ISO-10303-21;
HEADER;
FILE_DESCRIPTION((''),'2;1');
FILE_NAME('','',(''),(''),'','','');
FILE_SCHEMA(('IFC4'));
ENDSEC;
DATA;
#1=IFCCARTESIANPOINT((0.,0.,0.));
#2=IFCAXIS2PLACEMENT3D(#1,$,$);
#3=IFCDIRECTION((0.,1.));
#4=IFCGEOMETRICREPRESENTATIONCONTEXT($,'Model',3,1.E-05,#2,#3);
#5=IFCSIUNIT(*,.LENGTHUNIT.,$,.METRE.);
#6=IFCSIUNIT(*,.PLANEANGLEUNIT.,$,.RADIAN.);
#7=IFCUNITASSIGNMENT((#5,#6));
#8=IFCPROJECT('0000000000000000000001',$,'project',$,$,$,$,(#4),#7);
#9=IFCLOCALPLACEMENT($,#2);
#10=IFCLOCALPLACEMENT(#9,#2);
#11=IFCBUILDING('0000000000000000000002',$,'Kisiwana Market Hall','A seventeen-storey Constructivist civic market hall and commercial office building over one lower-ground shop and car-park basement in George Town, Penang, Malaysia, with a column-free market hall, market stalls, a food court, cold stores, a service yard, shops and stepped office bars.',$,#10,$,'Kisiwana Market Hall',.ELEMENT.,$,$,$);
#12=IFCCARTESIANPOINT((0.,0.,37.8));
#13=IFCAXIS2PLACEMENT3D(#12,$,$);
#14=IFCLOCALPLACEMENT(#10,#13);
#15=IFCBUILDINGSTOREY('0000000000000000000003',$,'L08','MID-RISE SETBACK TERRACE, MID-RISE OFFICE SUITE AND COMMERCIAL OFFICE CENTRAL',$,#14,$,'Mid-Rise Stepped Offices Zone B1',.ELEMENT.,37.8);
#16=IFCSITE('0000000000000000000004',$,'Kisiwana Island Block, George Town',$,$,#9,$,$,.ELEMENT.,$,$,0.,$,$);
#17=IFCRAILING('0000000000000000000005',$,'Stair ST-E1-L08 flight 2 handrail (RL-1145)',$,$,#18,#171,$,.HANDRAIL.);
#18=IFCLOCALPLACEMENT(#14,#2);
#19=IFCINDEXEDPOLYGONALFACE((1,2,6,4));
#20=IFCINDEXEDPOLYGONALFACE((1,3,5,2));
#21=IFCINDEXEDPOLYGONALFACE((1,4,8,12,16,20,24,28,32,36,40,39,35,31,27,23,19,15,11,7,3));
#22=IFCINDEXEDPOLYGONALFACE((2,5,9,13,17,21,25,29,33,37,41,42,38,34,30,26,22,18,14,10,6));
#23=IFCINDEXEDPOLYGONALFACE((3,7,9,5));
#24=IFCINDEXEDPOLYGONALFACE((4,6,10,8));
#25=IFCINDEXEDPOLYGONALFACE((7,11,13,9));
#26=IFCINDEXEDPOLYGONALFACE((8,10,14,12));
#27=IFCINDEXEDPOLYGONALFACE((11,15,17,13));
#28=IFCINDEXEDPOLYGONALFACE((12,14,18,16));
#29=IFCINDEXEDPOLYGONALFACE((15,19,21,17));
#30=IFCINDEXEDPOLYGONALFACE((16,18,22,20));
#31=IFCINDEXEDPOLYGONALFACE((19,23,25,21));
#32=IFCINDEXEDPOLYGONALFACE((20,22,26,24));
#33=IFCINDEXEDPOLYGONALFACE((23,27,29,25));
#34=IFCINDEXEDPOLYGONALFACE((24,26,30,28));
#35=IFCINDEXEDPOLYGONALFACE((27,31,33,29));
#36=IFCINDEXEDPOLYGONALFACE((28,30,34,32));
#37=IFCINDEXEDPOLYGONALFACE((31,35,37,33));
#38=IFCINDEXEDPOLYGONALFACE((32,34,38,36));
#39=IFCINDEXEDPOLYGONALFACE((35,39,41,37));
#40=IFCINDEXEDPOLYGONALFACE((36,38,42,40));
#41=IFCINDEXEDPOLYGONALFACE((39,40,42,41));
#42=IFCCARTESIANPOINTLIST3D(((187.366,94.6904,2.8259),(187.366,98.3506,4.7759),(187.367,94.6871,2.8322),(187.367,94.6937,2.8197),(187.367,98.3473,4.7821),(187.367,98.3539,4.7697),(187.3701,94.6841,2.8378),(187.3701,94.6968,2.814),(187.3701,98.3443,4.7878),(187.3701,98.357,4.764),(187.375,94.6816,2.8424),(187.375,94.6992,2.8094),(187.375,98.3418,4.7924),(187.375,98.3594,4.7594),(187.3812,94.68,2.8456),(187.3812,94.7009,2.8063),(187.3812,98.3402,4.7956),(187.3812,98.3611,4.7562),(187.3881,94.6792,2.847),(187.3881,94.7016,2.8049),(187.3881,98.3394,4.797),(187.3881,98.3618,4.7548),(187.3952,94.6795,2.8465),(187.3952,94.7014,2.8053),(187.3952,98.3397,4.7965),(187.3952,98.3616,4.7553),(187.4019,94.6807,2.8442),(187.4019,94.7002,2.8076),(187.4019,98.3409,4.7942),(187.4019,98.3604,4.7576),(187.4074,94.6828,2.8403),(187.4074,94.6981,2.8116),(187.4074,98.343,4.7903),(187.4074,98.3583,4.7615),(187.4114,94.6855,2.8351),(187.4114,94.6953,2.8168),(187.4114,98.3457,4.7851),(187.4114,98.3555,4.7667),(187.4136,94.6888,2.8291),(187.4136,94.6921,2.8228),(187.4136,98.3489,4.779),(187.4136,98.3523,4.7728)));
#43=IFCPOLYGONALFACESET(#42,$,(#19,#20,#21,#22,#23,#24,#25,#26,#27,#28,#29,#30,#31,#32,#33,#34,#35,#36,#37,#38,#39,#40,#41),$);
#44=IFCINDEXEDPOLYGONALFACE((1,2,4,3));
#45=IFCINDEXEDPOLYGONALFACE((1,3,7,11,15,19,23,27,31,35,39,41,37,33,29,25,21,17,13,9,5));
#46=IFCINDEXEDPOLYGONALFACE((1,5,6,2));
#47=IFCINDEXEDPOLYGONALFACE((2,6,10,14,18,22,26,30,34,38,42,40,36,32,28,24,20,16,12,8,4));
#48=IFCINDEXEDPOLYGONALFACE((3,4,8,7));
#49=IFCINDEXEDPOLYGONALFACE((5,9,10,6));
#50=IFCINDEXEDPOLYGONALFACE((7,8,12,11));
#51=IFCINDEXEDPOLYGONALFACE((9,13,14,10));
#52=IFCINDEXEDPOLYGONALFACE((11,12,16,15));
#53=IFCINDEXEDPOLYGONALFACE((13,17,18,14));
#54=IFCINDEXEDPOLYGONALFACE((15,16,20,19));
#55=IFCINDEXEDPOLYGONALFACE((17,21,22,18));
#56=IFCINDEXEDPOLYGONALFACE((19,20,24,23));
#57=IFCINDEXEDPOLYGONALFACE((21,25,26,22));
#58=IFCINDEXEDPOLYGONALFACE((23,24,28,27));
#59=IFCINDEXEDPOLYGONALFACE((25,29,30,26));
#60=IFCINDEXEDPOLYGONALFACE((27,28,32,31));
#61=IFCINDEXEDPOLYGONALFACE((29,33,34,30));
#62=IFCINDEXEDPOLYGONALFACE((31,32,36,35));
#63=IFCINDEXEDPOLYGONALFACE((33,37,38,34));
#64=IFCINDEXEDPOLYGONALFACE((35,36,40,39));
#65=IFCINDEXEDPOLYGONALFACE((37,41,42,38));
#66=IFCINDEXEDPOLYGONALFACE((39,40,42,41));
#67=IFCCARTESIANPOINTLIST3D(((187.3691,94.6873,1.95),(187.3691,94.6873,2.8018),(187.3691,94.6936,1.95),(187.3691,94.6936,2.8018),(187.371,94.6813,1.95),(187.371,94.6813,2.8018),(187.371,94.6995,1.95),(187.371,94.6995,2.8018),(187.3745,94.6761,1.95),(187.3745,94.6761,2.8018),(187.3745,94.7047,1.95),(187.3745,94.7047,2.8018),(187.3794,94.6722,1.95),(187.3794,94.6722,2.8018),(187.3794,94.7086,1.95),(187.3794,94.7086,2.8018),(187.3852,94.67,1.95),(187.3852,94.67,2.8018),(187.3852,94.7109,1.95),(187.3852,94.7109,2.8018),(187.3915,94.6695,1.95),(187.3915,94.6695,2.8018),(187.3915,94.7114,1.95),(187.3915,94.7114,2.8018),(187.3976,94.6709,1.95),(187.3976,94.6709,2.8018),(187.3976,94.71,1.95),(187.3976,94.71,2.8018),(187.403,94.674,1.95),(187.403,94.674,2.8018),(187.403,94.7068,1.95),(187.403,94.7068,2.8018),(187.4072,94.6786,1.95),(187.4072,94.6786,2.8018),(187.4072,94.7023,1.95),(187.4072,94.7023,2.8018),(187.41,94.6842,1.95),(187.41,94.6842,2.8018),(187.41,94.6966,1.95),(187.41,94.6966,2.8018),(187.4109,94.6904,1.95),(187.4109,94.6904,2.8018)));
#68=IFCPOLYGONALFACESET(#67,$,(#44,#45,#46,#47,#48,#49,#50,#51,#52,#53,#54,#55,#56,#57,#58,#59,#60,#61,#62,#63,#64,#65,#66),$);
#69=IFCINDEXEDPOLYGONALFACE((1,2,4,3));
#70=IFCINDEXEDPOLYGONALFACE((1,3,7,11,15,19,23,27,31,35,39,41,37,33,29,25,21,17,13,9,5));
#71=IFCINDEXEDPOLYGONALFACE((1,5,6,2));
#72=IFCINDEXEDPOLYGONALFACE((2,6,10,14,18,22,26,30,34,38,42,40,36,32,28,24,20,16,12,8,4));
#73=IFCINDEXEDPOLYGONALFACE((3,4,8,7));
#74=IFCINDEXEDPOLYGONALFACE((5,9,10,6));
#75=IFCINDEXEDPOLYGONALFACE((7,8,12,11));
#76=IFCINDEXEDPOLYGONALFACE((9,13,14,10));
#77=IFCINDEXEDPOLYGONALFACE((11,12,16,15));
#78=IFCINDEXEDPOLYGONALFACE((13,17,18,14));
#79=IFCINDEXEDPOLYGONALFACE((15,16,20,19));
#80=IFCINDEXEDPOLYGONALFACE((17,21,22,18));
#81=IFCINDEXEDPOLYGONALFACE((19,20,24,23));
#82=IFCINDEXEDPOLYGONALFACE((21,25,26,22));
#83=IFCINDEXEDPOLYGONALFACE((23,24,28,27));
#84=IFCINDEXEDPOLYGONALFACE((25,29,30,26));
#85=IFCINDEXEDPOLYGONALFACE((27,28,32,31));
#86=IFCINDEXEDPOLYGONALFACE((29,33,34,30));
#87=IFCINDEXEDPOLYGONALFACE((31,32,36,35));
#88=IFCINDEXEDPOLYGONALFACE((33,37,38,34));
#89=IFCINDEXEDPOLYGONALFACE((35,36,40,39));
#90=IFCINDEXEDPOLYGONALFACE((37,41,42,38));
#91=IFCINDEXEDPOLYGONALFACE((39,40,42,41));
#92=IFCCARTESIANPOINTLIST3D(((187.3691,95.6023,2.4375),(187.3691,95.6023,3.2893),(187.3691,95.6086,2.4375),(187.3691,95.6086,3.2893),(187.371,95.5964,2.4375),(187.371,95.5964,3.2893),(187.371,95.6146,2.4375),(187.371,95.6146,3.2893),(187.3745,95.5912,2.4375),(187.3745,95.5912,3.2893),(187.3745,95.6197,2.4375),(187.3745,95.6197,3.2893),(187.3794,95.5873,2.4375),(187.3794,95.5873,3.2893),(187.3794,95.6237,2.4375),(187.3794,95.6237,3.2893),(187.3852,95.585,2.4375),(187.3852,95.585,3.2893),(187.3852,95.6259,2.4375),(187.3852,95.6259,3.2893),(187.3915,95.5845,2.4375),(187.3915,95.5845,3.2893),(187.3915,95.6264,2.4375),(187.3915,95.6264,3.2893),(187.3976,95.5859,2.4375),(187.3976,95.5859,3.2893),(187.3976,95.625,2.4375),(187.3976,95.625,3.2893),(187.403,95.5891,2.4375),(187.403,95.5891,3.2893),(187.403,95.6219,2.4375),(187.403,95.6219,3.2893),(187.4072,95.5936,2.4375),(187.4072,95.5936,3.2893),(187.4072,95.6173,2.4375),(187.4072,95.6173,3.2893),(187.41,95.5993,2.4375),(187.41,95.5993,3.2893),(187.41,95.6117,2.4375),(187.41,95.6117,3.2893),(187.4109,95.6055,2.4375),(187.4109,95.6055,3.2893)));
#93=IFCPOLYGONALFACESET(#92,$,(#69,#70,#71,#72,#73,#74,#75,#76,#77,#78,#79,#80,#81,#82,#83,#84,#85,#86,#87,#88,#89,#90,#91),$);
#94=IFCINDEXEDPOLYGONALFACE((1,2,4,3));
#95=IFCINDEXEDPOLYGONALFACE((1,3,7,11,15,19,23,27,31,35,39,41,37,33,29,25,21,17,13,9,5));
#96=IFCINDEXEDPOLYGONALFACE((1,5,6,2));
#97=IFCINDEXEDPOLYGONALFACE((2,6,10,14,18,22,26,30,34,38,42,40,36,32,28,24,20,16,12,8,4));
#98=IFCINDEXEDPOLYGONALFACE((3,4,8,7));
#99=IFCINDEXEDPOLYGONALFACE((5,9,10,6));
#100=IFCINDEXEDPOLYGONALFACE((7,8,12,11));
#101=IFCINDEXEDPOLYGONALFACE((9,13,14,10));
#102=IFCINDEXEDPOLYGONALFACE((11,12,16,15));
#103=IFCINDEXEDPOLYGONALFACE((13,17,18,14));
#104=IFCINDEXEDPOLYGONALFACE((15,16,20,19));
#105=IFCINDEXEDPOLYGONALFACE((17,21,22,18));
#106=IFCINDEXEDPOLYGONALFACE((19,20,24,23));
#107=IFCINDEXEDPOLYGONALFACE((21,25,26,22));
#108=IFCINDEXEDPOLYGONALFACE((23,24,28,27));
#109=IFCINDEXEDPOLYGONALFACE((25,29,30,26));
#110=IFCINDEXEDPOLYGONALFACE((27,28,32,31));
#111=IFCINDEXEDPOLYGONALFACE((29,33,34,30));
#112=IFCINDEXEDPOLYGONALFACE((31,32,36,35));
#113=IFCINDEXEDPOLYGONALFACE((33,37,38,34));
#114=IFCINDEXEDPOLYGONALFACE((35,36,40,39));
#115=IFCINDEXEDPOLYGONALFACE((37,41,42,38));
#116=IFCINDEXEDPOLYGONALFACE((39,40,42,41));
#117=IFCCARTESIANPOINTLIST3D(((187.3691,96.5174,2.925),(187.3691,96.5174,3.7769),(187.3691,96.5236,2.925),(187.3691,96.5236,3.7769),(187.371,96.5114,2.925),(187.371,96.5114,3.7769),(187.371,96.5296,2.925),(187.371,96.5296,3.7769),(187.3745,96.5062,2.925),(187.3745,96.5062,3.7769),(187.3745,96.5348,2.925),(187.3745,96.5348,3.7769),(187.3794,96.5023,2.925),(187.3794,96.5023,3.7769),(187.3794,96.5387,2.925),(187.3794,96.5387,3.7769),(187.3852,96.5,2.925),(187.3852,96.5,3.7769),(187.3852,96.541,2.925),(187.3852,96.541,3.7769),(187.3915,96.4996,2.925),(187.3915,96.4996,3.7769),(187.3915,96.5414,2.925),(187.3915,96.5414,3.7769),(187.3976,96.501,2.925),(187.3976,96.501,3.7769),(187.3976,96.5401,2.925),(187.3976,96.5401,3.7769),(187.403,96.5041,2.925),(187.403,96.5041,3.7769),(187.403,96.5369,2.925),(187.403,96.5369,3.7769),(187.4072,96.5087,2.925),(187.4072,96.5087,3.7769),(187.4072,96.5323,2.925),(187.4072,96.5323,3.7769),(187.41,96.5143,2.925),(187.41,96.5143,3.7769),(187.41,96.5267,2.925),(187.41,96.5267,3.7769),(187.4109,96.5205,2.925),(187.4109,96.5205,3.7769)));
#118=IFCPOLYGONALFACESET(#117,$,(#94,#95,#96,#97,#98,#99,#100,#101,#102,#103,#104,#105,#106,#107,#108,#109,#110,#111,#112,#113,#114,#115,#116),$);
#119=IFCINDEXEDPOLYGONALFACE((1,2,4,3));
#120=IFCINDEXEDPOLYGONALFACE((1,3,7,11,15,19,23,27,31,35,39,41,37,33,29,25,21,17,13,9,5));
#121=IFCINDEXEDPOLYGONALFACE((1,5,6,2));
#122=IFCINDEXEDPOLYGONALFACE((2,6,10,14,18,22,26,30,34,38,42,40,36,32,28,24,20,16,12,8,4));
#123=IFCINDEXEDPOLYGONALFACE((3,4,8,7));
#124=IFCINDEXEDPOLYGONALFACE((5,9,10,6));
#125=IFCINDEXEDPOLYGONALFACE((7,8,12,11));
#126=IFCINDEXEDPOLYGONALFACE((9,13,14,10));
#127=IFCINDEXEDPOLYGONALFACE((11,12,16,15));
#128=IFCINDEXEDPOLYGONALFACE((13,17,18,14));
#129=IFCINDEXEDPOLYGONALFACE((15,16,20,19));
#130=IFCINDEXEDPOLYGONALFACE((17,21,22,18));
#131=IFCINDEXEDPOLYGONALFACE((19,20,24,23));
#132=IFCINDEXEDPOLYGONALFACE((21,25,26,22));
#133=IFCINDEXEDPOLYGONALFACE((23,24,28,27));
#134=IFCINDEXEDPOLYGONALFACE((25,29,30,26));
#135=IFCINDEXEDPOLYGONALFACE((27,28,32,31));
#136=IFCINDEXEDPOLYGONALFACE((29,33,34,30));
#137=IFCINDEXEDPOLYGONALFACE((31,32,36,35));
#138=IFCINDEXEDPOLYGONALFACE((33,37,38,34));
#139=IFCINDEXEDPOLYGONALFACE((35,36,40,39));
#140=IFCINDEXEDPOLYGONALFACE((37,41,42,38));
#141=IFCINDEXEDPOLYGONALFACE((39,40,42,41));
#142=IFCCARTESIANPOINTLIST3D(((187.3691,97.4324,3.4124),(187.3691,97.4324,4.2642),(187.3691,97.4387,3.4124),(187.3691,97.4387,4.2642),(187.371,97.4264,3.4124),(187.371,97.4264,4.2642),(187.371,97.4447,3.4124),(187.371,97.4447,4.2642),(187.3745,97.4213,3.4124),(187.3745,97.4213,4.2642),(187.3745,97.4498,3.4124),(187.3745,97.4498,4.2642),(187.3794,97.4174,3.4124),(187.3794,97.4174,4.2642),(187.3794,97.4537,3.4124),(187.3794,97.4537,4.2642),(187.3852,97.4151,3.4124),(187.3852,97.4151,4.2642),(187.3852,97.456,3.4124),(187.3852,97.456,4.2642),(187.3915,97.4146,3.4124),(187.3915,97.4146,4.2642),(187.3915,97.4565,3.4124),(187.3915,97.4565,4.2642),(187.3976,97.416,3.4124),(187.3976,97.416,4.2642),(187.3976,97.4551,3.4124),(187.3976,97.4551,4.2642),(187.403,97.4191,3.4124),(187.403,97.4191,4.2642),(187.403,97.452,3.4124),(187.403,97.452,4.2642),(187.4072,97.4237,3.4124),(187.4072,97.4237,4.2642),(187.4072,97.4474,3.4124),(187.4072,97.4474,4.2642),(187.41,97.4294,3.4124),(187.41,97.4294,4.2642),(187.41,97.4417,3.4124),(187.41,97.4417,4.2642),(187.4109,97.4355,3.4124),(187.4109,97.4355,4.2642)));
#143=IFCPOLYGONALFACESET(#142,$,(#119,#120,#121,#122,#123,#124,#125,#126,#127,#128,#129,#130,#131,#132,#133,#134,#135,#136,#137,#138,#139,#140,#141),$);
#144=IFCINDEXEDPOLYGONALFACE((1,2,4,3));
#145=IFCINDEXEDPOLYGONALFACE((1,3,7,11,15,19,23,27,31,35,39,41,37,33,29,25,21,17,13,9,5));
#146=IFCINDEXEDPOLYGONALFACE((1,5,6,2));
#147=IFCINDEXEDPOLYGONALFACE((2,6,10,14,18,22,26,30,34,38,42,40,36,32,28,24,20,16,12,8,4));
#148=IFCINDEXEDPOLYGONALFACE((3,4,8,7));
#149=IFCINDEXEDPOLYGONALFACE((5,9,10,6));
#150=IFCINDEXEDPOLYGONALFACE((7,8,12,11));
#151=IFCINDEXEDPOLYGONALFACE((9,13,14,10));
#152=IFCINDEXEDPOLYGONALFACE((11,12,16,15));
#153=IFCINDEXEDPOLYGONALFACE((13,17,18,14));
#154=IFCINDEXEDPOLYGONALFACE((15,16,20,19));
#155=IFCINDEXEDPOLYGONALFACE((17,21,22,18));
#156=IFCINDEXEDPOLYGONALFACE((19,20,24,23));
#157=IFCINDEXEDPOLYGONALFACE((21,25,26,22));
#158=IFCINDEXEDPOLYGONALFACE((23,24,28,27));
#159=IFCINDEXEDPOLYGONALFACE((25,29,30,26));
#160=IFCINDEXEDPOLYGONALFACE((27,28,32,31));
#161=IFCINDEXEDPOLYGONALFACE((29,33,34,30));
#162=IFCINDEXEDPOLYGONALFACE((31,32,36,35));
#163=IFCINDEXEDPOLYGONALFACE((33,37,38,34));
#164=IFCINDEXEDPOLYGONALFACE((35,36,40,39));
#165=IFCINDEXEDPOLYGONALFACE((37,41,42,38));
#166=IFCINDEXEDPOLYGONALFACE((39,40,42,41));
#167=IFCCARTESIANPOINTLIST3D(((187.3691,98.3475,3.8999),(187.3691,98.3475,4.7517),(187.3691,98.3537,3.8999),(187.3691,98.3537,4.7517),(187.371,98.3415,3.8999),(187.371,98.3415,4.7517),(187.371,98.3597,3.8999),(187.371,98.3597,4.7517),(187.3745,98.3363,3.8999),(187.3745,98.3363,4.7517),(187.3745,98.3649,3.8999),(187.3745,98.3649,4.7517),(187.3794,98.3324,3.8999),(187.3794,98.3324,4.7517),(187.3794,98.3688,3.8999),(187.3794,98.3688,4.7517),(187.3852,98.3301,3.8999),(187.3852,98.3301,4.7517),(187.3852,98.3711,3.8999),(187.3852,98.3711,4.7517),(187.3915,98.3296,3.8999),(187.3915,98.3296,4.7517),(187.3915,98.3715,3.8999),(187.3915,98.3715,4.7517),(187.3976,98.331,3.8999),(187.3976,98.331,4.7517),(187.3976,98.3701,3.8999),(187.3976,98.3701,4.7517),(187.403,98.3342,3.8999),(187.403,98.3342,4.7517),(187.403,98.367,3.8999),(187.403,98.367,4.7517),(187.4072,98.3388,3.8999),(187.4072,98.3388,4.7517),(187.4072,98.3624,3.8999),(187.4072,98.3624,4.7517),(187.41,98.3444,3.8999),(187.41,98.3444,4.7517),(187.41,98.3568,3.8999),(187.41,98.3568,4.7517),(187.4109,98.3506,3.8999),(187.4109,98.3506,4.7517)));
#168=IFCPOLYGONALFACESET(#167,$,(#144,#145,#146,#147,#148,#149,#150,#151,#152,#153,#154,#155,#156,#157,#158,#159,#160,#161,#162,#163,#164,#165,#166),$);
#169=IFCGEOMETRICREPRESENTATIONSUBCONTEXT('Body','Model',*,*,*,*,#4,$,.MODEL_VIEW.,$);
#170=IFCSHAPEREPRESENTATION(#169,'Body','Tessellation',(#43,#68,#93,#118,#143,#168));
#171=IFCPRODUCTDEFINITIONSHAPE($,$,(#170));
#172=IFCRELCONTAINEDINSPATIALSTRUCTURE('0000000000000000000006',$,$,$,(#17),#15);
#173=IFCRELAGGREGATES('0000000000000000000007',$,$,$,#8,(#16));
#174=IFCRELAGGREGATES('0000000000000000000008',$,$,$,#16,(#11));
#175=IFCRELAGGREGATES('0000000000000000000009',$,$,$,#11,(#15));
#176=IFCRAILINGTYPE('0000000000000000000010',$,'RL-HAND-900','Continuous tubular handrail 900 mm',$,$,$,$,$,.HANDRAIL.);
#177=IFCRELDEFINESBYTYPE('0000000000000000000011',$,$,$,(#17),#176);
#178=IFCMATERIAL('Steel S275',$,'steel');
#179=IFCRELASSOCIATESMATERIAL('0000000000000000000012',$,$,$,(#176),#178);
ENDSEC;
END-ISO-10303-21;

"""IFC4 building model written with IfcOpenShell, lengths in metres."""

from ifc_helpers import new_model, si_unit, direction, frame, origin, origin_2d, place, context, subcontext, project, spatial, circle, extrude, material, type_object, element, save


model = new_model("IFC4")

# Units and contexts
model_context = context("Model", 3, precision=1e-05, world=origin(), true_north=direction((0.0, 1.0)))
body_context = subcontext(model_context, "Body", "Model", "MODEL_VIEW")
ifc_project = project(units=[si_unit("LENGTHUNIT", "METRE"), si_unit("PLANEANGLEUNIT", "RADIAN")], contexts=[model_context])

# Site, building, storey
site_placement = place(None, origin())
site = spatial("IfcSite", under=ifc_project, at=site_placement, Name="Kisiwana Island Block, George Town", CompositionType="ELEMENT", RefElevation=0.0)
building_placement = place(site_placement, origin())
building = spatial("IfcBuilding", under=site, at=building_placement, Name="Kisiwana Market Hall", Description="A seventeen-storey Constructivist civic market hall and commercial office building over one lower-ground shop and car-park basement in George Town, Penang, Malaysia, with a column-free market hall, market stalls, a food court, cold stores, a service yard, shops and stepped office bars.", LongName="Kisiwana Market Hall", CompositionType="ELEMENT")
storey_placement = place(building_placement, frame((0.0, 0.0, 37.8)))
storey = spatial("IfcBuildingStorey", under=building, at=storey_placement, Name="L08", Description="MID-RISE SETBACK TERRACE, MID-RISE OFFICE SUITE AND COMMERCIAL OFFICE CENTRAL", LongName="Mid-Rise Stepped Offices Zone B1", CompositionType="ELEMENT", Elevation=37.8)

# Railing
ifc_material_1 = material(Name="Steel S275", Category="steel")
railing_type = type_object("IfcRailingType", Name="RL-HAND-900", Description="Continuous tubular handrail 900 mm", PredefinedType="HANDRAIL", material=ifc_material_1)
railing_1_placement = place(storey_placement, frame((187.3899, 94.6904, 1.95)))
element("IfcRailing", 1, at=railing_1_placement, inside=storey, type_object=railing_type, Name="Stair ST-E1-L08 flight 2 handrail (RL-1145)", PredefinedType="HANDRAIL", context=body_context, shape_type="SweptSolid", body=[
    extrude(circle(Radius=0.0239, at=origin_2d()), frame((0.0, 0.0, 0.876), z_axis=(0.0, 0.882566, 0.470188), x_axis=(-1.0, 0.0, 0.0)), (0.0, 0.0, 1.0), 4.1472),
    extrude(circle(Radius=0.021, at=origin_2d()), origin(), (0.0, 0.0, 1.0), 0.8518),
    extrude(circle(Radius=0.021, at=origin_2d()), frame((0.0, 0.915, 0.4875)), (0.0, 0.0, 1.0), 0.8518),
    extrude(circle(Radius=0.021, at=origin_2d()), frame((0.0, 1.8301, 0.9751)), (0.0, 0.0, 1.0), 0.8518),
    extrude(circle(Radius=0.021, at=origin_2d()), frame((0.0, 2.7451, 1.4624)), (0.0, 0.0, 1.0), 0.8518),
    extrude(circle(Radius=0.021, at=origin_2d()), frame((0.0, 3.6602, 1.95)), (0.0, 0.0, 1.0), 0.8518),
])

save(model, "model.ifc")
